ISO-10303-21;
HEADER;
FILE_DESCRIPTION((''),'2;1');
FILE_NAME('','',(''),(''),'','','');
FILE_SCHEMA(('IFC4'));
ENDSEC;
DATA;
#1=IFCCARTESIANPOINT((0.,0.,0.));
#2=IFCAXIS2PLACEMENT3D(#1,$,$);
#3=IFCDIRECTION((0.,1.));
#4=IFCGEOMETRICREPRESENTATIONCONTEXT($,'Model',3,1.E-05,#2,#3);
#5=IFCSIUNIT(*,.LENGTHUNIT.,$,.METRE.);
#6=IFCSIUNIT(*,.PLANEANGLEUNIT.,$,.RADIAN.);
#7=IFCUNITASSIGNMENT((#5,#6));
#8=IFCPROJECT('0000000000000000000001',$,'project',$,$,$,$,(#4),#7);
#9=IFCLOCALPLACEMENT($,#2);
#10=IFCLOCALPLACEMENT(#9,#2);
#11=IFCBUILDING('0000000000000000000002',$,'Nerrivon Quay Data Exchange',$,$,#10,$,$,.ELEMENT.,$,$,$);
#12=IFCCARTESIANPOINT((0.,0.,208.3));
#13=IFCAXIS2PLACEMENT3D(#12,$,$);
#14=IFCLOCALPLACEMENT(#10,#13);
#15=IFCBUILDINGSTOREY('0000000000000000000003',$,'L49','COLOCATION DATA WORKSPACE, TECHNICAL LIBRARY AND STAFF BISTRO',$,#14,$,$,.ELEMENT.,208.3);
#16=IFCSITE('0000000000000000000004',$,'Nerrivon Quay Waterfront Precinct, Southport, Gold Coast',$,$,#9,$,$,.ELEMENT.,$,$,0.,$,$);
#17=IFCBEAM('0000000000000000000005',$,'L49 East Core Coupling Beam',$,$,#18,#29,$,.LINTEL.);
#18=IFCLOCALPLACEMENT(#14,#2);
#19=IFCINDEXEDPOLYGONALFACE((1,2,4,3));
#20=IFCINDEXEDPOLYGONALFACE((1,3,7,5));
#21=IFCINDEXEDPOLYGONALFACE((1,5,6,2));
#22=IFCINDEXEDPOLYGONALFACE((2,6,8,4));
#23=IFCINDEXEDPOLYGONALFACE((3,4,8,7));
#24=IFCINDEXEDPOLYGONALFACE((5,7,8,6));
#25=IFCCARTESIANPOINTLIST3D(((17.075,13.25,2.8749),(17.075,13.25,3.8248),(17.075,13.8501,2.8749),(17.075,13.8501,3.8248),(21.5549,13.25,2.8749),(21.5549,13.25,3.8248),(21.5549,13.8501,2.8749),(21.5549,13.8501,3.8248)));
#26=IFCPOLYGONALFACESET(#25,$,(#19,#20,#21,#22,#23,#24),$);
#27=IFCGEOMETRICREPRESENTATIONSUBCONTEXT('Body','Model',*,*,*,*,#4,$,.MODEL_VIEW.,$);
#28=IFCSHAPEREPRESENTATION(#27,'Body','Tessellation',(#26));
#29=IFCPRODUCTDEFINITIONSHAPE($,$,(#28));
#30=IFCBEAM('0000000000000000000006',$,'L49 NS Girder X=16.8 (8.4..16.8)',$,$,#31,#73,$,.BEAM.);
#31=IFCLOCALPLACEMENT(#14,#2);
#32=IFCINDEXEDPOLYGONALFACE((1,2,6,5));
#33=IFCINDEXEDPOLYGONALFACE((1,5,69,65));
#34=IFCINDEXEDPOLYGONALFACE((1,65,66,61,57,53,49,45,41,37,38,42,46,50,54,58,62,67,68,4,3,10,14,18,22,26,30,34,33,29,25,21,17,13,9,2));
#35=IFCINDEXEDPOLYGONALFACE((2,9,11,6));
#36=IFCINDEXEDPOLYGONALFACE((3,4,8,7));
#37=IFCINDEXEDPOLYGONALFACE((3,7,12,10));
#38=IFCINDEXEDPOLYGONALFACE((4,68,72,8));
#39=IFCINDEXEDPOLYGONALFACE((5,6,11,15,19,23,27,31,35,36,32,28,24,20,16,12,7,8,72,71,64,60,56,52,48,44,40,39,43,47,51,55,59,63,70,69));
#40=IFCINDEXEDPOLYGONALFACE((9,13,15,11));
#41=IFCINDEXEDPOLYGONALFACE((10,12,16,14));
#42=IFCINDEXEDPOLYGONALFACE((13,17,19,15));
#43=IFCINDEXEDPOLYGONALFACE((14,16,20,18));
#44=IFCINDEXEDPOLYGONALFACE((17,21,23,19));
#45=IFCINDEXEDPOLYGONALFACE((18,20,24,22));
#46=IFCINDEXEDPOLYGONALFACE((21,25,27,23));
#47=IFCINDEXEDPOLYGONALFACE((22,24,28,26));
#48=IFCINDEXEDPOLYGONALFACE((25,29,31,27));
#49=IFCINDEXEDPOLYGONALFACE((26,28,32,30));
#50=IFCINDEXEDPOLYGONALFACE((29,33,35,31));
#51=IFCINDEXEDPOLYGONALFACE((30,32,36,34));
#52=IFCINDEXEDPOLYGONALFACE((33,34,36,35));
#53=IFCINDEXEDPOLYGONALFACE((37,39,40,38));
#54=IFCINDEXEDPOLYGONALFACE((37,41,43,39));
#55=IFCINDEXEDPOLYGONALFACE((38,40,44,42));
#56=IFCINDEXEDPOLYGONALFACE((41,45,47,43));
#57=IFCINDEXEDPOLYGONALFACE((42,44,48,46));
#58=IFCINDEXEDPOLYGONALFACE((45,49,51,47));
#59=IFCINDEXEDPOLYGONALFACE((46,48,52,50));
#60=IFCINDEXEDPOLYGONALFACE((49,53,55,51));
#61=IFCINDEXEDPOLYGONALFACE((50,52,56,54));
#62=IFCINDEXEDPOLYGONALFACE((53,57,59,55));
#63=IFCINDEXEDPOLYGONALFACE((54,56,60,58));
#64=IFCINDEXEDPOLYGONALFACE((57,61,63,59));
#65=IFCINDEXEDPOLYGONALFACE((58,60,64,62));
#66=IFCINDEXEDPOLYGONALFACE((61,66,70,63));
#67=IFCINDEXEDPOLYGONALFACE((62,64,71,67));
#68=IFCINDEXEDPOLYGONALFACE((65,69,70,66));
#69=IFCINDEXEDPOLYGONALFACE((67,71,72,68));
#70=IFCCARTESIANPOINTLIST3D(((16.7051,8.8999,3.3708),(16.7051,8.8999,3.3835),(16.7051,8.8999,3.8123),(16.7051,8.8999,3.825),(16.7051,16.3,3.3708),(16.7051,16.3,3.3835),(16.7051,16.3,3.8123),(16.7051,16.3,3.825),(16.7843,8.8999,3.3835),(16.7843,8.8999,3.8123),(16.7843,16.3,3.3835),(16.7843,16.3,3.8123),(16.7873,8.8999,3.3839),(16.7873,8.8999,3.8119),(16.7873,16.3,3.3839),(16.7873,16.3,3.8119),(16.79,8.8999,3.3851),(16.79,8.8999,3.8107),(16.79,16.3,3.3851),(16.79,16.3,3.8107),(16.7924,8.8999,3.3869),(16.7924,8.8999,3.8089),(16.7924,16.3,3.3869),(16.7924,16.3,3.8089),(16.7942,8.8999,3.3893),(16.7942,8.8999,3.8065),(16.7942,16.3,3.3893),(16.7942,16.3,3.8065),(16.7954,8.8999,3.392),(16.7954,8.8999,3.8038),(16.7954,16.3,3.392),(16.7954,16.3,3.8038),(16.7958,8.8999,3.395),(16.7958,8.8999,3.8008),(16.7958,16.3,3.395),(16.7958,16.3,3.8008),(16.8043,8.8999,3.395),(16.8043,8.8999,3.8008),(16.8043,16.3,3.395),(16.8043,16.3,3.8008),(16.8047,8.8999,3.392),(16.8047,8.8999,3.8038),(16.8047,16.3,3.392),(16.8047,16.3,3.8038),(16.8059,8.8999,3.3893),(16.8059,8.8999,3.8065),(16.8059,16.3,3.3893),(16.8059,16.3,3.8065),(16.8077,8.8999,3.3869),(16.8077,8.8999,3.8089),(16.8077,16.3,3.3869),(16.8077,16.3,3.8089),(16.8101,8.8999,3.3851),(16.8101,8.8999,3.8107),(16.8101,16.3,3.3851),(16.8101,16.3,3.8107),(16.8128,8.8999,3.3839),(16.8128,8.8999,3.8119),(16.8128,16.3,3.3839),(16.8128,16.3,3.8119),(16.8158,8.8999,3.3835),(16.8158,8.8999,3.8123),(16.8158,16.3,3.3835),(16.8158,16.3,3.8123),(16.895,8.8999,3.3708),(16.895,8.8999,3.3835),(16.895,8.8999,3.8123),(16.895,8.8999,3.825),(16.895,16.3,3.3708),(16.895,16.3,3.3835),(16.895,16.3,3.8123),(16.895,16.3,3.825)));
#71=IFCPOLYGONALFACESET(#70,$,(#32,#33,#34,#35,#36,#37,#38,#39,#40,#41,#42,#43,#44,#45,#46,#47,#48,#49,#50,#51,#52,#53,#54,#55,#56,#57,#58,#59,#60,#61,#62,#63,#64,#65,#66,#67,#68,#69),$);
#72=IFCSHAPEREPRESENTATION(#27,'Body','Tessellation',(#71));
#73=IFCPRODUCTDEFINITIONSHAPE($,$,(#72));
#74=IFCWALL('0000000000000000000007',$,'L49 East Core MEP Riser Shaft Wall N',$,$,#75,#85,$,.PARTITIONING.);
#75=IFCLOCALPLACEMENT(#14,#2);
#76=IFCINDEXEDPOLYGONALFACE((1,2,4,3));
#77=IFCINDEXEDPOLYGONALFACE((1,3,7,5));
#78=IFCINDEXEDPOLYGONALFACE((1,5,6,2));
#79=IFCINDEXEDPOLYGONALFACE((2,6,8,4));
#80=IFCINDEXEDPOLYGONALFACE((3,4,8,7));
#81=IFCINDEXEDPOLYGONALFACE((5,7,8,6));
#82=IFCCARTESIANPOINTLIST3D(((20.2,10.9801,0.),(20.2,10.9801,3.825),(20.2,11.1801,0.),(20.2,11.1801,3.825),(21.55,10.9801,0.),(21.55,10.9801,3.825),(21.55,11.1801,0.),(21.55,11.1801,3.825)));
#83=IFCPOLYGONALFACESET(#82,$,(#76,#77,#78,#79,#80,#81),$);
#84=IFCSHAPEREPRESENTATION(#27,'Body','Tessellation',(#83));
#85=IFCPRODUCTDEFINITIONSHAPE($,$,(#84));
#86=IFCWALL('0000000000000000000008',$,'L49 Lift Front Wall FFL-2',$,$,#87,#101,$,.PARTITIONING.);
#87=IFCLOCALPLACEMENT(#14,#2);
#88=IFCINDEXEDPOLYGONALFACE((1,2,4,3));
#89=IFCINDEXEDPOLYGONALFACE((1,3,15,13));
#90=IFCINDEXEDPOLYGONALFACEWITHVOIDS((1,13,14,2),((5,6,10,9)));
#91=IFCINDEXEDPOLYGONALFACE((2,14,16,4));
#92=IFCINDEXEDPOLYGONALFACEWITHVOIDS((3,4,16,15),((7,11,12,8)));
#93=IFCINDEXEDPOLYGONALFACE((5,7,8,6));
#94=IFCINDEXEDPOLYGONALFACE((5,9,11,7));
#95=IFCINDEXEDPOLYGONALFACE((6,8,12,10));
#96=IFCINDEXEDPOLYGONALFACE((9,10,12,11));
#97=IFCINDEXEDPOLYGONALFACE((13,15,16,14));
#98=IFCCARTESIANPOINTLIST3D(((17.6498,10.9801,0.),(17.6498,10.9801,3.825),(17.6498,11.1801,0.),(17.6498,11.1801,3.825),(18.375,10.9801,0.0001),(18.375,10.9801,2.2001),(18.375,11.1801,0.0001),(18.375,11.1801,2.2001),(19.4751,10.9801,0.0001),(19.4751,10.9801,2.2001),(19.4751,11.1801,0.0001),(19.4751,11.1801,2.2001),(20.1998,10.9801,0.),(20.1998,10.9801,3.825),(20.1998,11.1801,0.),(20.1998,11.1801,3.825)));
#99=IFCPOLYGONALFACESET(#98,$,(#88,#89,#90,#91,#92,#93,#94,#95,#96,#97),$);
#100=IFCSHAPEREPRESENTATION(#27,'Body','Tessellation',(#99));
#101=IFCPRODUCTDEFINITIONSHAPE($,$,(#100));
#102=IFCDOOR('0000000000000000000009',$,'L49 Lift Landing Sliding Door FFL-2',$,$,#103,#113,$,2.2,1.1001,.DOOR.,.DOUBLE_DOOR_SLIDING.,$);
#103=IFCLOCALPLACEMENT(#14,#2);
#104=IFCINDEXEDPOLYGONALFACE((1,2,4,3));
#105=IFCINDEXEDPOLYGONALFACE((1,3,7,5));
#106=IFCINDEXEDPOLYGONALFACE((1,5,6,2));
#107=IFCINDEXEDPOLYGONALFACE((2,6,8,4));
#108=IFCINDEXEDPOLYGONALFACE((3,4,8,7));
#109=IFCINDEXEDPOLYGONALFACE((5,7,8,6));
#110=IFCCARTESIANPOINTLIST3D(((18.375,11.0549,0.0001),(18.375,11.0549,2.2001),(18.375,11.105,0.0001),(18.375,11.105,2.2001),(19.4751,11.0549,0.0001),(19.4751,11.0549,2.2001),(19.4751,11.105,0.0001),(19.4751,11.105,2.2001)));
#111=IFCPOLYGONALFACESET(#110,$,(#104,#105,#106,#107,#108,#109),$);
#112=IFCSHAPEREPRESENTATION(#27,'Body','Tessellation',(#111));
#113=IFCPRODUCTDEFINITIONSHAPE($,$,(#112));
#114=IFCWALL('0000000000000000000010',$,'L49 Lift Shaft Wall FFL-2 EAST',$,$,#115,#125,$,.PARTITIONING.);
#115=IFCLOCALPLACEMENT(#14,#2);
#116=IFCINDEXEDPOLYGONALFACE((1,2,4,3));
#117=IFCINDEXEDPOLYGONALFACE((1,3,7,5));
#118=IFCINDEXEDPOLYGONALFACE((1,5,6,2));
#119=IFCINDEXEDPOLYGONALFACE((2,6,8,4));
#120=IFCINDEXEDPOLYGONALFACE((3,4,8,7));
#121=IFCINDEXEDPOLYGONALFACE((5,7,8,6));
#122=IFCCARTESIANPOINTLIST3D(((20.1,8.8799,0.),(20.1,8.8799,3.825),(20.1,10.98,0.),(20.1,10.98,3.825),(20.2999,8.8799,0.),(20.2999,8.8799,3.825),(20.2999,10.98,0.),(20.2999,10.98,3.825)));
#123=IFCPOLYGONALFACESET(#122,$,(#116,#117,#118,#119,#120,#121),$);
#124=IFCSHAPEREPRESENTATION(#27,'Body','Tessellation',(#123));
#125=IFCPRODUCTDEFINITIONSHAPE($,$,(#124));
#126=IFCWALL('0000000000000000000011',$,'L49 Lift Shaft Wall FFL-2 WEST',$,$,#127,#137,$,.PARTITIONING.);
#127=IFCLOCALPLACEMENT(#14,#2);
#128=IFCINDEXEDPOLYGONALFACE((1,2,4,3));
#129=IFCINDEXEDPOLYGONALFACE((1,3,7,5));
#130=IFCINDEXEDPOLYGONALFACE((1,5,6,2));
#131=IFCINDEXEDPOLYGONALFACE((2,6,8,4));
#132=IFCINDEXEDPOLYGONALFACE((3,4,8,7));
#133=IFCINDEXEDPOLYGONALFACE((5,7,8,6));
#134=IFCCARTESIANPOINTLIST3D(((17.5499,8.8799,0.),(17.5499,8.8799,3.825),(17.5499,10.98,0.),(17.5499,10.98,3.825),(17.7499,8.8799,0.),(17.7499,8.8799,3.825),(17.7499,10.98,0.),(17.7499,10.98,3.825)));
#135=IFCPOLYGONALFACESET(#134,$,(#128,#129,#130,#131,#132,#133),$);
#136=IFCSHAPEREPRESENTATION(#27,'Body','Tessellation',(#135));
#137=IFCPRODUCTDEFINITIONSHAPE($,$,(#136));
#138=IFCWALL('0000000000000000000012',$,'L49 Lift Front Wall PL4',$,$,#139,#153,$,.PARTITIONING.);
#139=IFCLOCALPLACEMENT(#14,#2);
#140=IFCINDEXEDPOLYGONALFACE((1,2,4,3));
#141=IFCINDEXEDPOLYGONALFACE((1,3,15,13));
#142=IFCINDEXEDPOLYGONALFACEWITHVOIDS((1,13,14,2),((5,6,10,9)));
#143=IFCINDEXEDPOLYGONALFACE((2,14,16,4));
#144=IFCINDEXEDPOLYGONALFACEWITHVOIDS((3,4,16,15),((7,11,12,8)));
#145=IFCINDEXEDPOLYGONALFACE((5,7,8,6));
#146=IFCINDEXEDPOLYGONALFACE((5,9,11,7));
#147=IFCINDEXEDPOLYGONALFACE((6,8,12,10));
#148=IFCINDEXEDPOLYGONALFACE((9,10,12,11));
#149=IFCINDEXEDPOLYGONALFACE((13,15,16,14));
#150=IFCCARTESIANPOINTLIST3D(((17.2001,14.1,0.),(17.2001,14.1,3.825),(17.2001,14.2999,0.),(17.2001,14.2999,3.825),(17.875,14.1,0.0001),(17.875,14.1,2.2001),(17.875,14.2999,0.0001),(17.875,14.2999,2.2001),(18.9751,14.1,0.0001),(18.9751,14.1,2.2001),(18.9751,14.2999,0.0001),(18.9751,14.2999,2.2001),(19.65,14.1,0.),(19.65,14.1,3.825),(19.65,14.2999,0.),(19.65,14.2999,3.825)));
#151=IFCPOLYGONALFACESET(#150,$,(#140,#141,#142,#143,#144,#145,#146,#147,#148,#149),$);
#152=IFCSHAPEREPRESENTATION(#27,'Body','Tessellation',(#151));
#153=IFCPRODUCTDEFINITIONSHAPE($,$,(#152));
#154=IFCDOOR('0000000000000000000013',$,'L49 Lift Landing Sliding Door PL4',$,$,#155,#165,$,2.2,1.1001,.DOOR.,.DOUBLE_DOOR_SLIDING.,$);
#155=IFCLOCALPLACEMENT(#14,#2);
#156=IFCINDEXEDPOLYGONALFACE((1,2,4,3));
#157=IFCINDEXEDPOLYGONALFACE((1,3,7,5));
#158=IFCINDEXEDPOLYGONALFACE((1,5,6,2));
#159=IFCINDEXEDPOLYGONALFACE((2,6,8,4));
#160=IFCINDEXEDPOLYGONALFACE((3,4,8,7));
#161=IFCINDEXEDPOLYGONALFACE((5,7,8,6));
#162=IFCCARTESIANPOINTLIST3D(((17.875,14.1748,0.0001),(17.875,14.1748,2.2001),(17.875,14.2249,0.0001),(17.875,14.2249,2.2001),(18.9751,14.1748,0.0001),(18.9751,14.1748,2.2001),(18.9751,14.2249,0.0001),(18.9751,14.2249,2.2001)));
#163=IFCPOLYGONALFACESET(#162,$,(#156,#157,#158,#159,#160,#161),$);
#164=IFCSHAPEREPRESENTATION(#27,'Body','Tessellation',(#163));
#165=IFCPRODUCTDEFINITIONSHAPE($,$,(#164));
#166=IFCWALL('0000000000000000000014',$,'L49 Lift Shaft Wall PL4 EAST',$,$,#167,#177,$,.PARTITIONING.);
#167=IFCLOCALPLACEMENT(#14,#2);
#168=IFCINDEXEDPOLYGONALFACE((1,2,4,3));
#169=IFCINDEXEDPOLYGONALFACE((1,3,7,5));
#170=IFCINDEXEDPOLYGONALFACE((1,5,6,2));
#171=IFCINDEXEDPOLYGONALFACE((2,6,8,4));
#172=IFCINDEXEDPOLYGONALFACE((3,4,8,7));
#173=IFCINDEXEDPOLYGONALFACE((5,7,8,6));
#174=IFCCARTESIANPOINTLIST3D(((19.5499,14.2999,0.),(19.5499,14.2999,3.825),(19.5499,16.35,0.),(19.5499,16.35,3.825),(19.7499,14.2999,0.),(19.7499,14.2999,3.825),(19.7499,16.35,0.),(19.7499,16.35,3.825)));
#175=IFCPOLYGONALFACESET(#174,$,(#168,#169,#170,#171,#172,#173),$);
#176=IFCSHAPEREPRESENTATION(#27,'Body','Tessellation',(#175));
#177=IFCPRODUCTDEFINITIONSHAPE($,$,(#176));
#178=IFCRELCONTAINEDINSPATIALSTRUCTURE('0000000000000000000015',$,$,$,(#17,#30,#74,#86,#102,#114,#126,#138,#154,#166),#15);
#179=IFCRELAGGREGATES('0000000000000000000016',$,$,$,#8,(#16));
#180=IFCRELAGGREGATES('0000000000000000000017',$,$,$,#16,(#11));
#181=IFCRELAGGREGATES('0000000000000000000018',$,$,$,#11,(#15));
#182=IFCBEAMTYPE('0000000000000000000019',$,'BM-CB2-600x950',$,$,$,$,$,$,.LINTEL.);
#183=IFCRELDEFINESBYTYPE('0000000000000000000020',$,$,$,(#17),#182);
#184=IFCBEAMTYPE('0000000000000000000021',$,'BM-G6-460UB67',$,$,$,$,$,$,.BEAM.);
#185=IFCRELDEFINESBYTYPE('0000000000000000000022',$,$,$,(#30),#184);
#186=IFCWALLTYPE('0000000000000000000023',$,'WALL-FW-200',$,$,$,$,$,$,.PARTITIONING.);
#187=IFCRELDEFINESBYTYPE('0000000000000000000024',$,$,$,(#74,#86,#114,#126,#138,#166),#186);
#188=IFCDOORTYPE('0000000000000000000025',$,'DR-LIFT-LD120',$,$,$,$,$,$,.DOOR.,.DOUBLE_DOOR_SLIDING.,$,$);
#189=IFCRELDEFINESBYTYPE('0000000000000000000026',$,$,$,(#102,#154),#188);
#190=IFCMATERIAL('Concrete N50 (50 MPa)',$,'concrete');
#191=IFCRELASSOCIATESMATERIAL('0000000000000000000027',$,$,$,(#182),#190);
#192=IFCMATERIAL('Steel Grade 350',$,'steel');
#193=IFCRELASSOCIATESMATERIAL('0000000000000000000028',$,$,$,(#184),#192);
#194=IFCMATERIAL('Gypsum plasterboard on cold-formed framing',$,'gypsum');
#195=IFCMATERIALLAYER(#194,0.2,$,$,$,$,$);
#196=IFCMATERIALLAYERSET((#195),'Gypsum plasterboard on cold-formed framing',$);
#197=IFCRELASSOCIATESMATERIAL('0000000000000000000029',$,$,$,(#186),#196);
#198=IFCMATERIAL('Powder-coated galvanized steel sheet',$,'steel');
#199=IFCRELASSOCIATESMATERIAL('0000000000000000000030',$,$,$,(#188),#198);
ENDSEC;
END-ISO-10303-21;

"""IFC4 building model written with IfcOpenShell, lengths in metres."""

from ifc_helpers import new_model, si_unit, direction, frame, frame_2d, origin, origin_2d, place, context, subcontext, project, spatial, rectangle, i_section, extrude, material, layer, layer_set, material_profile, profile_set, type_object, element, fill, save


model = new_model("IFC4")

# Units and contexts
model_context = context("Model", 3, precision=1e-05, world=origin(), true_north=direction((0.0, 1.0)))
body_context = subcontext(model_context, "Body", "Model", "MODEL_VIEW")
ifc_project = project(units=[si_unit("LENGTHUNIT", "METRE"), si_unit("PLANEANGLEUNIT", "RADIAN")], contexts=[model_context])

# Site, building, storey
site_placement = place(None, origin())
site = spatial("IfcSite", under=ifc_project, at=site_placement, Name="Nerrivon Quay Waterfront Precinct, Southport, Gold Coast", CompositionType="ELEMENT", RefElevation=0.0)
building_placement = place(site_placement, origin())
building = spatial("IfcBuilding", under=site, at=building_placement, Name="Nerrivon Quay Data Exchange", CompositionType="ELEMENT")
storey_placement = place(building_placement, frame((0.0, 0.0, 208.3)))
storey = spatial("IfcBuildingStorey", under=building, at=storey_placement, Name="L49", Description="COLOCATION DATA WORKSPACE, TECHNICAL LIBRARY AND STAFF BISTRO", CompositionType="ELEMENT", Elevation=208.3)

# Beams
ifc_material_1 = material(Name="Concrete N50 (50 MPa)", Category="concrete")
ifc_material_profile_1 = material_profile(ifc_material_1, rectangle(XDim=0.6001, YDim=0.95, at=origin_2d()), Name="RC-CB-600x950")
ifc_profile_set_1 = profile_set([ifc_material_profile_1], Name="Concrete N50 (50 MPa)")
beam_type_1 = type_object("IfcBeamType", Name="BM-CB2-600x950", PredefinedType="LINTEL", material=ifc_profile_set_1)
beam_1_placement = place(storey_placement, frame((17.075, 13.55, 3.3499), z_axis=(1.0, 0.0, 0.0), x_axis=(0.0, 1.0, 0.0)))
element("IfcBeam", 1, at=beam_1_placement, inside=storey, type_object=beam_type_1, Name="L49 East Core Coupling Beam", PredefinedType="LINTEL", context=body_context, shape_type="SweptSolid", body=[
    extrude(rectangle(XDim=0.6001, YDim=0.95, at=origin_2d()), origin(), (0.0, 0.0, 1.0), 4.48),
])
ifc_material_2 = material(Name="Steel Grade 350", Category="steel")
ifc_material_profile_2 = material_profile(ifc_material_2, i_section(OverallWidth=0.1899, OverallDepth=0.4541, WebThickness=0.0085, FlangeThickness=0.0127, FilletRadius=0.0115, at=origin_2d()), Name="460UB67.1")
ifc_profile_set_2 = profile_set([ifc_material_profile_2], Name="Steel Grade 350")
beam_type_2 = type_object("IfcBeamType", Name="BM-G6-460UB67", PredefinedType="BEAM", material=ifc_profile_set_2)
beam_2_placement = place(storey_placement, frame((16.8, 8.8999, 3.5979), z_axis=(0.0, 1.0, 0.0), x_axis=(-1.0, 0.0, 0.0)))
element("IfcBeam", 2, at=beam_2_placement, inside=storey, type_object=beam_type_2, Name="L49 NS Girder X=16.8 (8.4..16.8)", PredefinedType="BEAM", context=body_context, shape_type="SweptSolid", body=[
    extrude(i_section(OverallWidth=0.1899, OverallDepth=0.4541, WebThickness=0.0085, FlangeThickness=0.0127, FilletRadius=0.0115, at=origin_2d()), origin(), (0.0, 0.0, 1.0), 7.4001),
])

# Shared definitions
ifc_material_3 = material(Name="Powder-coated galvanized steel sheet", Category="steel")

# Wall
ifc_material_4 = material(Name="Gypsum plasterboard on cold-formed framing", Category="gypsum")
ifc_layer_1 = layer(ifc_material_4, 0.2)
ifc_layer_set_1 = layer_set([ifc_layer_1], Name="Gypsum plasterboard on cold-formed framing")
wall_type_1 = type_object("IfcWallType", Name="WALL-FW-200", PredefinedType="PARTITIONING", material=ifc_layer_set_1)
wall_1_placement = place(storey_placement, frame((20.2, 11.0801, 0.0), z_axis=(0.0, 0.0, 1.0), x_axis=(1.0, 0.0, 0.0)))
element("IfcWall", 3, at=wall_1_placement, inside=storey, type_object=wall_type_1, Name="L49 East Core MEP Riser Shaft Wall N", PredefinedType="PARTITIONING", context=body_context, shape_type="SweptSolid", body=[
    extrude(rectangle(XDim=1.3501, YDim=0.2, at=frame_2d((0.675, 0.0))), origin(), (0.0, 0.0, 1.0), 3.825),
])

# Wall, opening, door
wall_2_placement = place(storey_placement, frame((17.6499, 11.0801, 0.0), z_axis=(0.0, 0.0, 1.0), x_axis=(1.0, 0.0, 0.0)))
wall_2 = element("IfcWall", 4, at=wall_2_placement, inside=storey, type_object=wall_type_1, Name="L49 Lift Front Wall FFL-2", PredefinedType="PARTITIONING", context=body_context, shape_type="SweptSolid", body=[
    extrude(rectangle(XDim=2.55, YDim=0.2, at=frame_2d((1.2749, 0.0))), origin(), (0.0, 0.0, 1.0), 3.825),
])
opening_1_placement = place(wall_2_placement, frame((0.7251, 0.0, 0.0)))
opening_1 = element("IfcOpeningElement", 5, at=opening_1_placement, cuts=wall_2, PredefinedType="OPENING", context=body_context, shape_type="SweptSolid", body=[
    extrude(rectangle(XDim=1.1001, YDim=2.2, at=frame_2d((0.55, 1.1001))), frame((0.0, 0.1099, 0.0), z_axis=(0.0, -1.0, 0.0), x_axis=(1.0, 0.0, 0.0)), (0.0, 0.0, 1.0), 0.22),
])
door_type_1 = type_object("IfcDoorType", Name="DR-LIFT-LD120", OperationType="DOUBLE_DOOR_SLIDING", PredefinedType="DOOR", material=ifc_material_3)
door_1_placement = place(opening_1_placement, origin())
door_1 = element("IfcDoor", 6, at=door_1_placement, inside=storey, type_object=door_type_1, Name="L49 Lift Landing Sliding Door FFL-2", OperationType="DOUBLE_DOOR_SLIDING", OverallHeight=2.2, OverallWidth=1.1001, PredefinedType="DOOR", context=body_context, shape_type="SweptSolid", body=[
    extrude(rectangle(XDim=1.1001, YDim=2.2, at=frame_2d((0.55, 1.1001))), frame((0.0, 0.0249, 0.0), z_axis=(0.0, -1.0, 0.0), x_axis=(1.0, 0.0, 0.0)), (0.0, 0.0, 1.0), 0.05),
])
fill(opening_1, door_1)

# Walls
for number, where, z_axis, x_axis, name in (
    (7, (20.2, 8.8799, 0.0), (0.0, 0.0, 1.0), (0.0, 1.0, 0.0), "L49 Lift Shaft Wall FFL-2 EAST"),
    (8, (17.6499, 8.8799, 0.0), (0.0, 0.0, 1.0), (0.0, 1.0, 0.0), "L49 Lift Shaft Wall FFL-2 WEST"),
):
    element("IfcWall", number, at=place(storey_placement, frame(where, z_axis=z_axis, x_axis=x_axis)), inside=storey, type_object=wall_type_1, Name=name, PredefinedType="PARTITIONING", context=body_context, shape_type="SweptSolid", body=[
        extrude(rectangle(XDim=2.1001, YDim=0.2, at=frame_2d((1.05, 0.0))), origin(), (0.0, 0.0, 1.0), 3.825),
    ])

# Wall, opening, door
wall_3_placement = place(storey_placement, frame((17.2, 14.2, 0.0), z_axis=(0.0, 0.0, 1.0), x_axis=(1.0, 0.0, 0.0)))
wall_3 = element("IfcWall", 9, at=wall_3_placement, inside=storey, type_object=wall_type_1, Name="L49 Lift Front Wall PL4", PredefinedType="PARTITIONING", context=body_context, shape_type="SweptSolid", body=[
    extrude(rectangle(XDim=2.45, YDim=0.2, at=frame_2d((1.2251, 0.0))), origin(), (0.0, 0.0, 1.0), 3.825),
])
opening_2_placement = place(wall_3_placement, frame((0.675, 0.0, 0.0)))
opening_2 = element("IfcOpeningElement", 10, at=opening_2_placement, cuts=wall_3, PredefinedType="OPENING", context=body_context, shape_type="SweptSolid", body=[
    extrude(rectangle(XDim=1.1001, YDim=2.2, at=frame_2d((0.55, 1.1001))), frame((0.0, 0.1099, 0.0), z_axis=(0.0, -1.0, 0.0), x_axis=(1.0, 0.0, 0.0)), (0.0, 0.0, 1.0), 0.22),
])
door_2_placement = place(opening_2_placement, origin())
door_2 = element("IfcDoor", 11, at=door_2_placement, inside=storey, type_object=door_type_1, Name="L49 Lift Landing Sliding Door PL4", OperationType="DOUBLE_DOOR_SLIDING", OverallHeight=2.2, OverallWidth=1.1001, PredefinedType="DOOR", context=body_context, shape_type="SweptSolid", body=[
    extrude(rectangle(XDim=1.1001, YDim=2.2, at=frame_2d((0.55, 1.1001))), frame((0.0, 0.0249, 0.0), z_axis=(0.0, -1.0, 0.0), x_axis=(1.0, 0.0, 0.0)), (0.0, 0.0, 1.0), 0.05),
])
fill(opening_2, door_2)

# Wall
wall_4_placement = place(storey_placement, frame((19.6499, 14.3, 0.0), z_axis=(0.0, 0.0, 1.0), x_axis=(0.0, 1.0, 0.0)))
element("IfcWall", 12, at=wall_4_placement, inside=storey, type_object=wall_type_1, Name="L49 Lift Shaft Wall PL4 EAST", PredefinedType="PARTITIONING", context=body_context, shape_type="SweptSolid", body=[
    extrude(rectangle(XDim=2.05, YDim=0.2, at=frame_2d((1.0249, 0.0))), origin(), (0.0, 0.0, 1.0), 3.825),
])

save(model, "model.ifc")
